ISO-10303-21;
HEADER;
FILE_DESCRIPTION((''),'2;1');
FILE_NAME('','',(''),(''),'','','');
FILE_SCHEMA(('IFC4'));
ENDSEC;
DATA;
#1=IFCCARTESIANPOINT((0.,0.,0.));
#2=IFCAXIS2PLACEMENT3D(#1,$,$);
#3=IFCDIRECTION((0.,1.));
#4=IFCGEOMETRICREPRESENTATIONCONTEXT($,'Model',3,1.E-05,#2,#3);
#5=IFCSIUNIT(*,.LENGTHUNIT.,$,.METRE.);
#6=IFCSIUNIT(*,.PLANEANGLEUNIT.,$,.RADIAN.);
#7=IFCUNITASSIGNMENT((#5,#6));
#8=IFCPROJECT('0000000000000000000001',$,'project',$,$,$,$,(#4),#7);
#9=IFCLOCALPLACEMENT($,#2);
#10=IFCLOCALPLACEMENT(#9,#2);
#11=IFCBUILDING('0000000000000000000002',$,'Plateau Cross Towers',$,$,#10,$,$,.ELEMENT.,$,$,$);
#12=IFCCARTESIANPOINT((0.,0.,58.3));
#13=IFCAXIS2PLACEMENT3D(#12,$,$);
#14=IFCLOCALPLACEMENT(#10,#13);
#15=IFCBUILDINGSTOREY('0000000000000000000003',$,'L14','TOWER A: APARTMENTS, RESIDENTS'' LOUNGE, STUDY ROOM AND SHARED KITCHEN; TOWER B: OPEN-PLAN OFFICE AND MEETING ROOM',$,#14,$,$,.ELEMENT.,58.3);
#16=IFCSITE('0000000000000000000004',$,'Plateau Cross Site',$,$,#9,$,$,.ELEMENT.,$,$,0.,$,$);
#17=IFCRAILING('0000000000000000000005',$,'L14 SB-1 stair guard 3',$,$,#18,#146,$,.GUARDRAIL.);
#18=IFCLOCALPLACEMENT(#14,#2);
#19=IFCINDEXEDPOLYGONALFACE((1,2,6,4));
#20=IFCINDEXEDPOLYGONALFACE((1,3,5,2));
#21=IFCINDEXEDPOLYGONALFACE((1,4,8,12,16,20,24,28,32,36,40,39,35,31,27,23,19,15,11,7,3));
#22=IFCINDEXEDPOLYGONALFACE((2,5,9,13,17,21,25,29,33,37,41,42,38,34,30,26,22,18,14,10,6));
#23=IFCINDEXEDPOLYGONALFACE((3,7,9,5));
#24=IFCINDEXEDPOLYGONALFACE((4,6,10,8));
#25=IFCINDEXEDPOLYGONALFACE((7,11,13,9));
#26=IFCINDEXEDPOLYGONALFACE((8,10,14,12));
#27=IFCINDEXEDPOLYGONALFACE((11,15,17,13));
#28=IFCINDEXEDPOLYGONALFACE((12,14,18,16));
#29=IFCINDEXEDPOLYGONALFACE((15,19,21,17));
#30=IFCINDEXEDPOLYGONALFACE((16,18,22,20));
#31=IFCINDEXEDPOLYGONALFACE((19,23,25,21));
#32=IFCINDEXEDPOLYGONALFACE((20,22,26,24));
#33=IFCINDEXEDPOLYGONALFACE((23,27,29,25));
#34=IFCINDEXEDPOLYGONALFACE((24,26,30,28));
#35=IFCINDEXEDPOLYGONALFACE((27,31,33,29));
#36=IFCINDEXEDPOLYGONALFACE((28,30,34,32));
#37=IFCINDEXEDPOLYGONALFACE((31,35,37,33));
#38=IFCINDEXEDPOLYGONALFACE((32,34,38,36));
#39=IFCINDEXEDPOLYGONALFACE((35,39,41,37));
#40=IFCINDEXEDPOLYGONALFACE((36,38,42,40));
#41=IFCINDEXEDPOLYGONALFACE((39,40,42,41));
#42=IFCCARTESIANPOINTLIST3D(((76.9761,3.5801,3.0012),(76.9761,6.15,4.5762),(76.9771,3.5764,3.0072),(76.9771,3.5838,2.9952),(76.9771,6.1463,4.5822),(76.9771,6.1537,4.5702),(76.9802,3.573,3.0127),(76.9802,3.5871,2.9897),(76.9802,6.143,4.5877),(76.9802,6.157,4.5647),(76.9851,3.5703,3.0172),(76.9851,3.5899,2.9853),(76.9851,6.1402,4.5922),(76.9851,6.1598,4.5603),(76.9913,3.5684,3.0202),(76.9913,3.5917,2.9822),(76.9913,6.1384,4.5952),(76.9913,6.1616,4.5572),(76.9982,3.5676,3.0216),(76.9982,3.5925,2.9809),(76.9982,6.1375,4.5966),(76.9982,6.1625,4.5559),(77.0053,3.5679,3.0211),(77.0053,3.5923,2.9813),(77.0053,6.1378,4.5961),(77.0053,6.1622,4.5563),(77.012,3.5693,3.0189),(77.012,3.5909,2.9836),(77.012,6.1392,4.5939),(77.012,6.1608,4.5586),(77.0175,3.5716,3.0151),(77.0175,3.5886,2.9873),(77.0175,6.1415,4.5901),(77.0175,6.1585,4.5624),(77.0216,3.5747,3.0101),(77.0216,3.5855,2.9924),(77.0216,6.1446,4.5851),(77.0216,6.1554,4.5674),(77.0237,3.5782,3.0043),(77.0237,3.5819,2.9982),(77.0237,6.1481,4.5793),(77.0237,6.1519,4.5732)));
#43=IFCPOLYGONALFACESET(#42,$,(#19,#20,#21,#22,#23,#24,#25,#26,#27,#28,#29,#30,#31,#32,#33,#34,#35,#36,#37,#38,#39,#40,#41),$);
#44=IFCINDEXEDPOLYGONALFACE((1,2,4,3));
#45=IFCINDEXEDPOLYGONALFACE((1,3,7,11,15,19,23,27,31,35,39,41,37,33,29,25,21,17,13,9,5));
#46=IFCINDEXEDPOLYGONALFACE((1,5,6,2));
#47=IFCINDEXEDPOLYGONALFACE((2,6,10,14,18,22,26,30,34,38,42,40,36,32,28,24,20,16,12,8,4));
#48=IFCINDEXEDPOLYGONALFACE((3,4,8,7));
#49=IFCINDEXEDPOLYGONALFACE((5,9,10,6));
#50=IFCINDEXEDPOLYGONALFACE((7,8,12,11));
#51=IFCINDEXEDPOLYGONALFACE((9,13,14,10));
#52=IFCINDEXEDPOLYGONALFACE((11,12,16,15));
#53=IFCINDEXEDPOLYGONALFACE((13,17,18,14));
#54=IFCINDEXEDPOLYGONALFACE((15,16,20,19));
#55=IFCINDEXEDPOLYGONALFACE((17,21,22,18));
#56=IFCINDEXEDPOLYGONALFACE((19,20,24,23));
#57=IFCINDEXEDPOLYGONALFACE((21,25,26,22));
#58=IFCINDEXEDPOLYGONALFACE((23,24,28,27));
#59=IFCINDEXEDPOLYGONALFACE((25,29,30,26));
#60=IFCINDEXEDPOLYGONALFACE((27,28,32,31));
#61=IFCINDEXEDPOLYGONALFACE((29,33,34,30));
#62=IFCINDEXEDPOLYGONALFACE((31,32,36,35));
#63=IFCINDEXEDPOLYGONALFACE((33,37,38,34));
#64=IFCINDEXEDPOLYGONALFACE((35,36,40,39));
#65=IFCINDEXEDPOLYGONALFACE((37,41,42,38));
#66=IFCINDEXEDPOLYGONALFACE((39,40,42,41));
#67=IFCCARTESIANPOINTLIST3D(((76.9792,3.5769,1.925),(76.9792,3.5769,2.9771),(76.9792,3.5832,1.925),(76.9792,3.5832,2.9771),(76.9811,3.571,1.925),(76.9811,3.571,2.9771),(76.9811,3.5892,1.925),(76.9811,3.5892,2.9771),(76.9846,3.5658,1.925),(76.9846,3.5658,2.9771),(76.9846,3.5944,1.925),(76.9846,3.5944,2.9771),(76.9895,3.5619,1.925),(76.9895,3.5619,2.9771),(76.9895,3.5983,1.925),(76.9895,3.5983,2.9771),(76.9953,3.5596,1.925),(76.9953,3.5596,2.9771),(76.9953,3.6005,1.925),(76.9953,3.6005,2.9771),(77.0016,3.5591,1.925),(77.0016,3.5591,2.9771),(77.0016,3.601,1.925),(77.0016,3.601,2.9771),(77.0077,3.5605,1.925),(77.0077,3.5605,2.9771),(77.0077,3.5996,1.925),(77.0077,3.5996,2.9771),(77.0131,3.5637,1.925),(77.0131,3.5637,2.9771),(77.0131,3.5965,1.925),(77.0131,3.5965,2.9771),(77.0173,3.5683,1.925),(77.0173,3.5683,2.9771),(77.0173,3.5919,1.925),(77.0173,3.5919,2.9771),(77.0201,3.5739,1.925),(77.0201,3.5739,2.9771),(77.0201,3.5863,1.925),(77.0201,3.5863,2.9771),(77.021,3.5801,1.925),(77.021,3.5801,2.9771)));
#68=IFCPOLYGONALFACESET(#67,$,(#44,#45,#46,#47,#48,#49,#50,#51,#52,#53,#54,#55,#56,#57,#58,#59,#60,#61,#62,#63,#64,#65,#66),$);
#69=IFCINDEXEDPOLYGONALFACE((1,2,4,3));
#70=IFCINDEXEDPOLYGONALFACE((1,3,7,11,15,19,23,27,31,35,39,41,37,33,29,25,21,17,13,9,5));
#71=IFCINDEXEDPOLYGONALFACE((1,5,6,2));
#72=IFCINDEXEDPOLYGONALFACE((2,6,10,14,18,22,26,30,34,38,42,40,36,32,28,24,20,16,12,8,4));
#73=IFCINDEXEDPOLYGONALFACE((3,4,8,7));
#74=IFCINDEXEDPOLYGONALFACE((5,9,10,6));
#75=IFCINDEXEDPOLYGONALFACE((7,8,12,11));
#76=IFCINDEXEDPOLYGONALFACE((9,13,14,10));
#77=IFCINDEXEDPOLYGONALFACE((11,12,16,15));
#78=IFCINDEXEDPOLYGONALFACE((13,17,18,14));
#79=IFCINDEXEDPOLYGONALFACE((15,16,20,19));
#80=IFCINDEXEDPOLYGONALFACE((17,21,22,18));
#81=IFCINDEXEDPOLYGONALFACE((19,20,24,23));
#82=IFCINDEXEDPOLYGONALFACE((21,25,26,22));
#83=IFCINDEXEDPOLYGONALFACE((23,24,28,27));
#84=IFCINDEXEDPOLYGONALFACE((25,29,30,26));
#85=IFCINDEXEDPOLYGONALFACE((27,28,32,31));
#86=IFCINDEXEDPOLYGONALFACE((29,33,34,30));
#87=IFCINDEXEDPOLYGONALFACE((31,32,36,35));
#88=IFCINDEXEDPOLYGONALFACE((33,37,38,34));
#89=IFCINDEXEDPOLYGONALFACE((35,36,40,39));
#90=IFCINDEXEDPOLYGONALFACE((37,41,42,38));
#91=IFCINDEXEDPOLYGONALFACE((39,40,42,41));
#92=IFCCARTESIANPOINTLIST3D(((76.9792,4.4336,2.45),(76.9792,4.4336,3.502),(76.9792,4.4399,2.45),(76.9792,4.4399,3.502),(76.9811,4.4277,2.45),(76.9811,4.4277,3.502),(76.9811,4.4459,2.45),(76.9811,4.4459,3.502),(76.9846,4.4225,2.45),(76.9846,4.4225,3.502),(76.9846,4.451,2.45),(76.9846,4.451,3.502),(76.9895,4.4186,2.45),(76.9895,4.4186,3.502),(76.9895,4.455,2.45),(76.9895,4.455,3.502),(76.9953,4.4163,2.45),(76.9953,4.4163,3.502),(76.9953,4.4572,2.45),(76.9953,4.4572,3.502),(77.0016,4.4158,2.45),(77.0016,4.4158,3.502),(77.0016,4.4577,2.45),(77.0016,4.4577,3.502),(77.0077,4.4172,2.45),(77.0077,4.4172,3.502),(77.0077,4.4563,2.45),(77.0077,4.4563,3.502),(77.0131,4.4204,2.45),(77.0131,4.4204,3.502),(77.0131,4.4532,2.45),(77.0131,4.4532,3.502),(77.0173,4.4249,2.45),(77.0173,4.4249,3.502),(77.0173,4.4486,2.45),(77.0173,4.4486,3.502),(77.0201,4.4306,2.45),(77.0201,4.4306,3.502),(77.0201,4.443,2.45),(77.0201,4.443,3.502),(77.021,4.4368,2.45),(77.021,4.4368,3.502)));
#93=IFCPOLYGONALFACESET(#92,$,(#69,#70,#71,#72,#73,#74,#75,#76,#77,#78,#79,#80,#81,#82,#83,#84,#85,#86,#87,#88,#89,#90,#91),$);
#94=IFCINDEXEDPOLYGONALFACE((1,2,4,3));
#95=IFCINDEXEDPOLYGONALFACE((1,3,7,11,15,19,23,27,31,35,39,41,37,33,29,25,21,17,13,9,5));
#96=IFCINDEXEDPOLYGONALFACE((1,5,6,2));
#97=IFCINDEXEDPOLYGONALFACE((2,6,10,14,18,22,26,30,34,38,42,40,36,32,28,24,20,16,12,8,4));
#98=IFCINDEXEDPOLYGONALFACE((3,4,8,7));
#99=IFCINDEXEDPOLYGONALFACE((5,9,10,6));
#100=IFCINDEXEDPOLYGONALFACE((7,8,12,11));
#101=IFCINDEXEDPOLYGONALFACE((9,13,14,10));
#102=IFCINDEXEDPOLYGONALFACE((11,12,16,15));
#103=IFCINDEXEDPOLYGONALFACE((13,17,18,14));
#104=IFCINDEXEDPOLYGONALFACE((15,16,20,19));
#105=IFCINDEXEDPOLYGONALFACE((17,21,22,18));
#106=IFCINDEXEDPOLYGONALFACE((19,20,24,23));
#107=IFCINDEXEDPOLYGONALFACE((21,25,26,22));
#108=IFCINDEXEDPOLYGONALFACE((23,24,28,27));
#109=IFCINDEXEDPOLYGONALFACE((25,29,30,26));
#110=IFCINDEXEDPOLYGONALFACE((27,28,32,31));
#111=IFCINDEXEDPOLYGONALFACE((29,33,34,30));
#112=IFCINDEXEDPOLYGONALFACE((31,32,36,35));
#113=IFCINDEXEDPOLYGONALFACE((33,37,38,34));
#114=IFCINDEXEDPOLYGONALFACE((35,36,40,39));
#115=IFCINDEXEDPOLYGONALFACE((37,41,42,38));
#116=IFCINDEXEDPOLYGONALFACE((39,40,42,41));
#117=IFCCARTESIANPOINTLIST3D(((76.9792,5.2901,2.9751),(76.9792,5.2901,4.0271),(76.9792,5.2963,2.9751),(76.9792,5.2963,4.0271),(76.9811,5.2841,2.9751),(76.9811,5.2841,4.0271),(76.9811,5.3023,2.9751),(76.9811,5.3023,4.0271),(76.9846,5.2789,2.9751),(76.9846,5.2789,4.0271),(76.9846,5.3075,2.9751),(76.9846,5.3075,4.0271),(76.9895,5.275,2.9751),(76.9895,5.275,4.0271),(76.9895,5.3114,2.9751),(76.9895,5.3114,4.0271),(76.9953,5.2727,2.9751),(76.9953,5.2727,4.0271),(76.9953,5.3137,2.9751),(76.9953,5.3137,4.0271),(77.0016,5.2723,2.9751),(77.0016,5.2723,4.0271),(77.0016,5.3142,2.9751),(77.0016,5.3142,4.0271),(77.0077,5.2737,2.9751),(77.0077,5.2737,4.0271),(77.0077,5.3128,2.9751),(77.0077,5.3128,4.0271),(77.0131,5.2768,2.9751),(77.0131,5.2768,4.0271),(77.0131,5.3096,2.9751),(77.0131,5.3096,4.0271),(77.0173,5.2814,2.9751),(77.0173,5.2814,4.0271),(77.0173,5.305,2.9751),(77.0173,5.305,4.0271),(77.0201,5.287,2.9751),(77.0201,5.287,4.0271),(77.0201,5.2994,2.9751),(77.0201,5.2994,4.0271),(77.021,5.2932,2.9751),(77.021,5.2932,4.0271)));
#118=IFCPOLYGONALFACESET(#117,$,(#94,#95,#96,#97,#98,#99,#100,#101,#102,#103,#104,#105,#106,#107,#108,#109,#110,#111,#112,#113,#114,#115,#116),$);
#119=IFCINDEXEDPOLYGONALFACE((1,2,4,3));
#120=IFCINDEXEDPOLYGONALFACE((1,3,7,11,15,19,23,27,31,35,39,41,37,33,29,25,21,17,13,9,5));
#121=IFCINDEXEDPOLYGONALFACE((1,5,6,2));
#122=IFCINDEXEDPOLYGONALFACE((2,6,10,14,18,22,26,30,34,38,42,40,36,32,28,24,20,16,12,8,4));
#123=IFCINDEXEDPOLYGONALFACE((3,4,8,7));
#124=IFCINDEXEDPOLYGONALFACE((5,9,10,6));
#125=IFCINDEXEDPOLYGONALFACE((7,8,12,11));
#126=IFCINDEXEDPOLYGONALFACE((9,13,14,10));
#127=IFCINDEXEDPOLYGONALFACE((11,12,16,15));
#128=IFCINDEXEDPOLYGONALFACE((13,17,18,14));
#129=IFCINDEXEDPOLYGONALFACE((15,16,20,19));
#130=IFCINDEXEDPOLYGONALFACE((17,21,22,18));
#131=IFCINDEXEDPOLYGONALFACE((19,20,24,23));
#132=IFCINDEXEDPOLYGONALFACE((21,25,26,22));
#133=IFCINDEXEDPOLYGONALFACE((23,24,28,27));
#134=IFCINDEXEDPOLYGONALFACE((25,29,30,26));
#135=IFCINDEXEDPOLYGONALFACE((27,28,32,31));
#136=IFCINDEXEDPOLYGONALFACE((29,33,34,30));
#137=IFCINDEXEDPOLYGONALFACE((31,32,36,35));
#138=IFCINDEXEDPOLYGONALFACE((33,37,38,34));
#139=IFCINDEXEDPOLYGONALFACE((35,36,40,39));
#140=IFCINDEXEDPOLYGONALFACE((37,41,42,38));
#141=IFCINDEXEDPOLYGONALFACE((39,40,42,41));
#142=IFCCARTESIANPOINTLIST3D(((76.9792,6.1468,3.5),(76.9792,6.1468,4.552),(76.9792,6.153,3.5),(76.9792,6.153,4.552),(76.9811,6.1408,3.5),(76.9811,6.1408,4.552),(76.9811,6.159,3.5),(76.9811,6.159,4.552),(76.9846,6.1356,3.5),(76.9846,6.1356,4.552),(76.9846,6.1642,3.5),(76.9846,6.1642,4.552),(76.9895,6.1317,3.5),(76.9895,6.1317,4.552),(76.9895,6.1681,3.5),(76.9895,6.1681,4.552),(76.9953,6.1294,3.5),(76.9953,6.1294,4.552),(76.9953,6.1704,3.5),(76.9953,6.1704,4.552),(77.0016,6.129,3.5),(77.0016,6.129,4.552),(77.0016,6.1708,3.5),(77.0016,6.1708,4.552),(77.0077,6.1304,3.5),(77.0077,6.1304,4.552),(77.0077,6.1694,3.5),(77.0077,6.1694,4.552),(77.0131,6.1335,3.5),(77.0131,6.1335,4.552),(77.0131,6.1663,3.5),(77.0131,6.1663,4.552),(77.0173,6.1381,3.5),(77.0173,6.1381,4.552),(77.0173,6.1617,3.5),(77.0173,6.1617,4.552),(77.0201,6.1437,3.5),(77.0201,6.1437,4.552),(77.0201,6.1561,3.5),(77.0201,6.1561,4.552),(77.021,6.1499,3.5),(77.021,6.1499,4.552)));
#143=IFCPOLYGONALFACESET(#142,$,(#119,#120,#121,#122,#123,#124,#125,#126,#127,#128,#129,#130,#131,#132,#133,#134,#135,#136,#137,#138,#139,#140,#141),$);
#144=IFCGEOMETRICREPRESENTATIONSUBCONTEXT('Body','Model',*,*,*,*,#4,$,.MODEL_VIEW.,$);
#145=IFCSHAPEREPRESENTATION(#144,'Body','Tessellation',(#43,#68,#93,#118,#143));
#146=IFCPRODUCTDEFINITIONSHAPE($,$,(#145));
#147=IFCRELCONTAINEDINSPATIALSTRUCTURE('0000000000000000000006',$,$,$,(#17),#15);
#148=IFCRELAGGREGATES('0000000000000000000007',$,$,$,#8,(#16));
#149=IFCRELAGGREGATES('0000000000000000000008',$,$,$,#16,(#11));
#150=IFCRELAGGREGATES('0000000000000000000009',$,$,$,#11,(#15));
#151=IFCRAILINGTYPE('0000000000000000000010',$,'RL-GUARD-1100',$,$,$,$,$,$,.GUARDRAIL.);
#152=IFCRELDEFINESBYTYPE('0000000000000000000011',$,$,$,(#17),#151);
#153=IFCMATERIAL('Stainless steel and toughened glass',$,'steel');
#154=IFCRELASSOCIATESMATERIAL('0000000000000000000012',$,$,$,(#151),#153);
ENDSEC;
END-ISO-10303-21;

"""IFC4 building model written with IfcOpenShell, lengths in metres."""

from ifc_helpers import new_model, si_unit, direction, frame, origin, origin_2d, place, context, subcontext, project, spatial, circle, extrude, material, type_object, element, save


model = new_model("IFC4")

# Units and contexts
model_context = context("Model", 3, precision=1e-05, world=origin(), true_north=direction((0.0, 1.0)))
body_context = subcontext(model_context, "Body", "Model", "MODEL_VIEW")
ifc_project = project(units=[si_unit("LENGTHUNIT", "METRE"), si_unit("PLANEANGLEUNIT", "RADIAN")], contexts=[model_context])

# Site, building, storey
site_placement = place(None, origin())
site = spatial("IfcSite", under=ifc_project, at=site_placement, Name="Plateau Cross Site", CompositionType="ELEMENT", RefElevation=0.0)
building_placement = place(site_placement, origin())
building = spatial("IfcBuilding", under=site, at=building_placement, Name="Plateau Cross Towers", CompositionType="ELEMENT")
storey_placement = place(building_placement, frame((0.0, 0.0, 58.3)))
storey = spatial("IfcBuildingStorey", under=building, at=storey_placement, Name="L14", Description="TOWER A: APARTMENTS, RESIDENTS' LOUNGE, STUDY ROOM AND SHARED KITCHEN; TOWER B: OPEN-PLAN OFFICE AND MEETING ROOM", CompositionType="ELEMENT", Elevation=58.3)

# Railing
ifc_material_1 = material(Name="Stainless steel and toughened glass", Category="steel")
railing_type_1 = type_object("IfcRailingType", Name="RL-GUARD-1100", PredefinedType="GUARDRAIL", material=ifc_material_1)
railing_1_placement = place(storey_placement, frame((77.0, 3.5801, 1.925)))
element("IfcRailing", 1, at=railing_1_placement, inside=storey, type_object=railing_type_1, Name="L14 SB-1 stair guard 3", PredefinedType="GUARDRAIL", context=body_context, shape_type="SweptSolid", body=[
    extrude(circle(Radius=0.0239, at=origin_2d()), frame((0.0, 0.0, 1.0762), z_axis=(0.0, 0.852616, 0.522537), x_axis=(-1.0, 0.0, 0.0)), (0.0, 0.0, 1.0), 3.0142),
    extrude(circle(Radius=0.021, at=origin_2d()), origin(), (0.0, 0.0, 1.0), 1.052),
    extrude(circle(Radius=0.021, at=origin_2d()), frame((0.0, 0.8567, 0.5249)), (0.0, 0.0, 1.0), 1.052),
    extrude(circle(Radius=0.021, at=origin_2d()), frame((0.0, 1.7131, 1.05)), (0.0, 0.0, 1.0), 1.052),
    extrude(circle(Radius=0.021, at=origin_2d()), frame((0.0, 2.5698, 1.575)), (0.0, 0.0, 1.0), 1.052),
])

save(model, "model.ifc")
